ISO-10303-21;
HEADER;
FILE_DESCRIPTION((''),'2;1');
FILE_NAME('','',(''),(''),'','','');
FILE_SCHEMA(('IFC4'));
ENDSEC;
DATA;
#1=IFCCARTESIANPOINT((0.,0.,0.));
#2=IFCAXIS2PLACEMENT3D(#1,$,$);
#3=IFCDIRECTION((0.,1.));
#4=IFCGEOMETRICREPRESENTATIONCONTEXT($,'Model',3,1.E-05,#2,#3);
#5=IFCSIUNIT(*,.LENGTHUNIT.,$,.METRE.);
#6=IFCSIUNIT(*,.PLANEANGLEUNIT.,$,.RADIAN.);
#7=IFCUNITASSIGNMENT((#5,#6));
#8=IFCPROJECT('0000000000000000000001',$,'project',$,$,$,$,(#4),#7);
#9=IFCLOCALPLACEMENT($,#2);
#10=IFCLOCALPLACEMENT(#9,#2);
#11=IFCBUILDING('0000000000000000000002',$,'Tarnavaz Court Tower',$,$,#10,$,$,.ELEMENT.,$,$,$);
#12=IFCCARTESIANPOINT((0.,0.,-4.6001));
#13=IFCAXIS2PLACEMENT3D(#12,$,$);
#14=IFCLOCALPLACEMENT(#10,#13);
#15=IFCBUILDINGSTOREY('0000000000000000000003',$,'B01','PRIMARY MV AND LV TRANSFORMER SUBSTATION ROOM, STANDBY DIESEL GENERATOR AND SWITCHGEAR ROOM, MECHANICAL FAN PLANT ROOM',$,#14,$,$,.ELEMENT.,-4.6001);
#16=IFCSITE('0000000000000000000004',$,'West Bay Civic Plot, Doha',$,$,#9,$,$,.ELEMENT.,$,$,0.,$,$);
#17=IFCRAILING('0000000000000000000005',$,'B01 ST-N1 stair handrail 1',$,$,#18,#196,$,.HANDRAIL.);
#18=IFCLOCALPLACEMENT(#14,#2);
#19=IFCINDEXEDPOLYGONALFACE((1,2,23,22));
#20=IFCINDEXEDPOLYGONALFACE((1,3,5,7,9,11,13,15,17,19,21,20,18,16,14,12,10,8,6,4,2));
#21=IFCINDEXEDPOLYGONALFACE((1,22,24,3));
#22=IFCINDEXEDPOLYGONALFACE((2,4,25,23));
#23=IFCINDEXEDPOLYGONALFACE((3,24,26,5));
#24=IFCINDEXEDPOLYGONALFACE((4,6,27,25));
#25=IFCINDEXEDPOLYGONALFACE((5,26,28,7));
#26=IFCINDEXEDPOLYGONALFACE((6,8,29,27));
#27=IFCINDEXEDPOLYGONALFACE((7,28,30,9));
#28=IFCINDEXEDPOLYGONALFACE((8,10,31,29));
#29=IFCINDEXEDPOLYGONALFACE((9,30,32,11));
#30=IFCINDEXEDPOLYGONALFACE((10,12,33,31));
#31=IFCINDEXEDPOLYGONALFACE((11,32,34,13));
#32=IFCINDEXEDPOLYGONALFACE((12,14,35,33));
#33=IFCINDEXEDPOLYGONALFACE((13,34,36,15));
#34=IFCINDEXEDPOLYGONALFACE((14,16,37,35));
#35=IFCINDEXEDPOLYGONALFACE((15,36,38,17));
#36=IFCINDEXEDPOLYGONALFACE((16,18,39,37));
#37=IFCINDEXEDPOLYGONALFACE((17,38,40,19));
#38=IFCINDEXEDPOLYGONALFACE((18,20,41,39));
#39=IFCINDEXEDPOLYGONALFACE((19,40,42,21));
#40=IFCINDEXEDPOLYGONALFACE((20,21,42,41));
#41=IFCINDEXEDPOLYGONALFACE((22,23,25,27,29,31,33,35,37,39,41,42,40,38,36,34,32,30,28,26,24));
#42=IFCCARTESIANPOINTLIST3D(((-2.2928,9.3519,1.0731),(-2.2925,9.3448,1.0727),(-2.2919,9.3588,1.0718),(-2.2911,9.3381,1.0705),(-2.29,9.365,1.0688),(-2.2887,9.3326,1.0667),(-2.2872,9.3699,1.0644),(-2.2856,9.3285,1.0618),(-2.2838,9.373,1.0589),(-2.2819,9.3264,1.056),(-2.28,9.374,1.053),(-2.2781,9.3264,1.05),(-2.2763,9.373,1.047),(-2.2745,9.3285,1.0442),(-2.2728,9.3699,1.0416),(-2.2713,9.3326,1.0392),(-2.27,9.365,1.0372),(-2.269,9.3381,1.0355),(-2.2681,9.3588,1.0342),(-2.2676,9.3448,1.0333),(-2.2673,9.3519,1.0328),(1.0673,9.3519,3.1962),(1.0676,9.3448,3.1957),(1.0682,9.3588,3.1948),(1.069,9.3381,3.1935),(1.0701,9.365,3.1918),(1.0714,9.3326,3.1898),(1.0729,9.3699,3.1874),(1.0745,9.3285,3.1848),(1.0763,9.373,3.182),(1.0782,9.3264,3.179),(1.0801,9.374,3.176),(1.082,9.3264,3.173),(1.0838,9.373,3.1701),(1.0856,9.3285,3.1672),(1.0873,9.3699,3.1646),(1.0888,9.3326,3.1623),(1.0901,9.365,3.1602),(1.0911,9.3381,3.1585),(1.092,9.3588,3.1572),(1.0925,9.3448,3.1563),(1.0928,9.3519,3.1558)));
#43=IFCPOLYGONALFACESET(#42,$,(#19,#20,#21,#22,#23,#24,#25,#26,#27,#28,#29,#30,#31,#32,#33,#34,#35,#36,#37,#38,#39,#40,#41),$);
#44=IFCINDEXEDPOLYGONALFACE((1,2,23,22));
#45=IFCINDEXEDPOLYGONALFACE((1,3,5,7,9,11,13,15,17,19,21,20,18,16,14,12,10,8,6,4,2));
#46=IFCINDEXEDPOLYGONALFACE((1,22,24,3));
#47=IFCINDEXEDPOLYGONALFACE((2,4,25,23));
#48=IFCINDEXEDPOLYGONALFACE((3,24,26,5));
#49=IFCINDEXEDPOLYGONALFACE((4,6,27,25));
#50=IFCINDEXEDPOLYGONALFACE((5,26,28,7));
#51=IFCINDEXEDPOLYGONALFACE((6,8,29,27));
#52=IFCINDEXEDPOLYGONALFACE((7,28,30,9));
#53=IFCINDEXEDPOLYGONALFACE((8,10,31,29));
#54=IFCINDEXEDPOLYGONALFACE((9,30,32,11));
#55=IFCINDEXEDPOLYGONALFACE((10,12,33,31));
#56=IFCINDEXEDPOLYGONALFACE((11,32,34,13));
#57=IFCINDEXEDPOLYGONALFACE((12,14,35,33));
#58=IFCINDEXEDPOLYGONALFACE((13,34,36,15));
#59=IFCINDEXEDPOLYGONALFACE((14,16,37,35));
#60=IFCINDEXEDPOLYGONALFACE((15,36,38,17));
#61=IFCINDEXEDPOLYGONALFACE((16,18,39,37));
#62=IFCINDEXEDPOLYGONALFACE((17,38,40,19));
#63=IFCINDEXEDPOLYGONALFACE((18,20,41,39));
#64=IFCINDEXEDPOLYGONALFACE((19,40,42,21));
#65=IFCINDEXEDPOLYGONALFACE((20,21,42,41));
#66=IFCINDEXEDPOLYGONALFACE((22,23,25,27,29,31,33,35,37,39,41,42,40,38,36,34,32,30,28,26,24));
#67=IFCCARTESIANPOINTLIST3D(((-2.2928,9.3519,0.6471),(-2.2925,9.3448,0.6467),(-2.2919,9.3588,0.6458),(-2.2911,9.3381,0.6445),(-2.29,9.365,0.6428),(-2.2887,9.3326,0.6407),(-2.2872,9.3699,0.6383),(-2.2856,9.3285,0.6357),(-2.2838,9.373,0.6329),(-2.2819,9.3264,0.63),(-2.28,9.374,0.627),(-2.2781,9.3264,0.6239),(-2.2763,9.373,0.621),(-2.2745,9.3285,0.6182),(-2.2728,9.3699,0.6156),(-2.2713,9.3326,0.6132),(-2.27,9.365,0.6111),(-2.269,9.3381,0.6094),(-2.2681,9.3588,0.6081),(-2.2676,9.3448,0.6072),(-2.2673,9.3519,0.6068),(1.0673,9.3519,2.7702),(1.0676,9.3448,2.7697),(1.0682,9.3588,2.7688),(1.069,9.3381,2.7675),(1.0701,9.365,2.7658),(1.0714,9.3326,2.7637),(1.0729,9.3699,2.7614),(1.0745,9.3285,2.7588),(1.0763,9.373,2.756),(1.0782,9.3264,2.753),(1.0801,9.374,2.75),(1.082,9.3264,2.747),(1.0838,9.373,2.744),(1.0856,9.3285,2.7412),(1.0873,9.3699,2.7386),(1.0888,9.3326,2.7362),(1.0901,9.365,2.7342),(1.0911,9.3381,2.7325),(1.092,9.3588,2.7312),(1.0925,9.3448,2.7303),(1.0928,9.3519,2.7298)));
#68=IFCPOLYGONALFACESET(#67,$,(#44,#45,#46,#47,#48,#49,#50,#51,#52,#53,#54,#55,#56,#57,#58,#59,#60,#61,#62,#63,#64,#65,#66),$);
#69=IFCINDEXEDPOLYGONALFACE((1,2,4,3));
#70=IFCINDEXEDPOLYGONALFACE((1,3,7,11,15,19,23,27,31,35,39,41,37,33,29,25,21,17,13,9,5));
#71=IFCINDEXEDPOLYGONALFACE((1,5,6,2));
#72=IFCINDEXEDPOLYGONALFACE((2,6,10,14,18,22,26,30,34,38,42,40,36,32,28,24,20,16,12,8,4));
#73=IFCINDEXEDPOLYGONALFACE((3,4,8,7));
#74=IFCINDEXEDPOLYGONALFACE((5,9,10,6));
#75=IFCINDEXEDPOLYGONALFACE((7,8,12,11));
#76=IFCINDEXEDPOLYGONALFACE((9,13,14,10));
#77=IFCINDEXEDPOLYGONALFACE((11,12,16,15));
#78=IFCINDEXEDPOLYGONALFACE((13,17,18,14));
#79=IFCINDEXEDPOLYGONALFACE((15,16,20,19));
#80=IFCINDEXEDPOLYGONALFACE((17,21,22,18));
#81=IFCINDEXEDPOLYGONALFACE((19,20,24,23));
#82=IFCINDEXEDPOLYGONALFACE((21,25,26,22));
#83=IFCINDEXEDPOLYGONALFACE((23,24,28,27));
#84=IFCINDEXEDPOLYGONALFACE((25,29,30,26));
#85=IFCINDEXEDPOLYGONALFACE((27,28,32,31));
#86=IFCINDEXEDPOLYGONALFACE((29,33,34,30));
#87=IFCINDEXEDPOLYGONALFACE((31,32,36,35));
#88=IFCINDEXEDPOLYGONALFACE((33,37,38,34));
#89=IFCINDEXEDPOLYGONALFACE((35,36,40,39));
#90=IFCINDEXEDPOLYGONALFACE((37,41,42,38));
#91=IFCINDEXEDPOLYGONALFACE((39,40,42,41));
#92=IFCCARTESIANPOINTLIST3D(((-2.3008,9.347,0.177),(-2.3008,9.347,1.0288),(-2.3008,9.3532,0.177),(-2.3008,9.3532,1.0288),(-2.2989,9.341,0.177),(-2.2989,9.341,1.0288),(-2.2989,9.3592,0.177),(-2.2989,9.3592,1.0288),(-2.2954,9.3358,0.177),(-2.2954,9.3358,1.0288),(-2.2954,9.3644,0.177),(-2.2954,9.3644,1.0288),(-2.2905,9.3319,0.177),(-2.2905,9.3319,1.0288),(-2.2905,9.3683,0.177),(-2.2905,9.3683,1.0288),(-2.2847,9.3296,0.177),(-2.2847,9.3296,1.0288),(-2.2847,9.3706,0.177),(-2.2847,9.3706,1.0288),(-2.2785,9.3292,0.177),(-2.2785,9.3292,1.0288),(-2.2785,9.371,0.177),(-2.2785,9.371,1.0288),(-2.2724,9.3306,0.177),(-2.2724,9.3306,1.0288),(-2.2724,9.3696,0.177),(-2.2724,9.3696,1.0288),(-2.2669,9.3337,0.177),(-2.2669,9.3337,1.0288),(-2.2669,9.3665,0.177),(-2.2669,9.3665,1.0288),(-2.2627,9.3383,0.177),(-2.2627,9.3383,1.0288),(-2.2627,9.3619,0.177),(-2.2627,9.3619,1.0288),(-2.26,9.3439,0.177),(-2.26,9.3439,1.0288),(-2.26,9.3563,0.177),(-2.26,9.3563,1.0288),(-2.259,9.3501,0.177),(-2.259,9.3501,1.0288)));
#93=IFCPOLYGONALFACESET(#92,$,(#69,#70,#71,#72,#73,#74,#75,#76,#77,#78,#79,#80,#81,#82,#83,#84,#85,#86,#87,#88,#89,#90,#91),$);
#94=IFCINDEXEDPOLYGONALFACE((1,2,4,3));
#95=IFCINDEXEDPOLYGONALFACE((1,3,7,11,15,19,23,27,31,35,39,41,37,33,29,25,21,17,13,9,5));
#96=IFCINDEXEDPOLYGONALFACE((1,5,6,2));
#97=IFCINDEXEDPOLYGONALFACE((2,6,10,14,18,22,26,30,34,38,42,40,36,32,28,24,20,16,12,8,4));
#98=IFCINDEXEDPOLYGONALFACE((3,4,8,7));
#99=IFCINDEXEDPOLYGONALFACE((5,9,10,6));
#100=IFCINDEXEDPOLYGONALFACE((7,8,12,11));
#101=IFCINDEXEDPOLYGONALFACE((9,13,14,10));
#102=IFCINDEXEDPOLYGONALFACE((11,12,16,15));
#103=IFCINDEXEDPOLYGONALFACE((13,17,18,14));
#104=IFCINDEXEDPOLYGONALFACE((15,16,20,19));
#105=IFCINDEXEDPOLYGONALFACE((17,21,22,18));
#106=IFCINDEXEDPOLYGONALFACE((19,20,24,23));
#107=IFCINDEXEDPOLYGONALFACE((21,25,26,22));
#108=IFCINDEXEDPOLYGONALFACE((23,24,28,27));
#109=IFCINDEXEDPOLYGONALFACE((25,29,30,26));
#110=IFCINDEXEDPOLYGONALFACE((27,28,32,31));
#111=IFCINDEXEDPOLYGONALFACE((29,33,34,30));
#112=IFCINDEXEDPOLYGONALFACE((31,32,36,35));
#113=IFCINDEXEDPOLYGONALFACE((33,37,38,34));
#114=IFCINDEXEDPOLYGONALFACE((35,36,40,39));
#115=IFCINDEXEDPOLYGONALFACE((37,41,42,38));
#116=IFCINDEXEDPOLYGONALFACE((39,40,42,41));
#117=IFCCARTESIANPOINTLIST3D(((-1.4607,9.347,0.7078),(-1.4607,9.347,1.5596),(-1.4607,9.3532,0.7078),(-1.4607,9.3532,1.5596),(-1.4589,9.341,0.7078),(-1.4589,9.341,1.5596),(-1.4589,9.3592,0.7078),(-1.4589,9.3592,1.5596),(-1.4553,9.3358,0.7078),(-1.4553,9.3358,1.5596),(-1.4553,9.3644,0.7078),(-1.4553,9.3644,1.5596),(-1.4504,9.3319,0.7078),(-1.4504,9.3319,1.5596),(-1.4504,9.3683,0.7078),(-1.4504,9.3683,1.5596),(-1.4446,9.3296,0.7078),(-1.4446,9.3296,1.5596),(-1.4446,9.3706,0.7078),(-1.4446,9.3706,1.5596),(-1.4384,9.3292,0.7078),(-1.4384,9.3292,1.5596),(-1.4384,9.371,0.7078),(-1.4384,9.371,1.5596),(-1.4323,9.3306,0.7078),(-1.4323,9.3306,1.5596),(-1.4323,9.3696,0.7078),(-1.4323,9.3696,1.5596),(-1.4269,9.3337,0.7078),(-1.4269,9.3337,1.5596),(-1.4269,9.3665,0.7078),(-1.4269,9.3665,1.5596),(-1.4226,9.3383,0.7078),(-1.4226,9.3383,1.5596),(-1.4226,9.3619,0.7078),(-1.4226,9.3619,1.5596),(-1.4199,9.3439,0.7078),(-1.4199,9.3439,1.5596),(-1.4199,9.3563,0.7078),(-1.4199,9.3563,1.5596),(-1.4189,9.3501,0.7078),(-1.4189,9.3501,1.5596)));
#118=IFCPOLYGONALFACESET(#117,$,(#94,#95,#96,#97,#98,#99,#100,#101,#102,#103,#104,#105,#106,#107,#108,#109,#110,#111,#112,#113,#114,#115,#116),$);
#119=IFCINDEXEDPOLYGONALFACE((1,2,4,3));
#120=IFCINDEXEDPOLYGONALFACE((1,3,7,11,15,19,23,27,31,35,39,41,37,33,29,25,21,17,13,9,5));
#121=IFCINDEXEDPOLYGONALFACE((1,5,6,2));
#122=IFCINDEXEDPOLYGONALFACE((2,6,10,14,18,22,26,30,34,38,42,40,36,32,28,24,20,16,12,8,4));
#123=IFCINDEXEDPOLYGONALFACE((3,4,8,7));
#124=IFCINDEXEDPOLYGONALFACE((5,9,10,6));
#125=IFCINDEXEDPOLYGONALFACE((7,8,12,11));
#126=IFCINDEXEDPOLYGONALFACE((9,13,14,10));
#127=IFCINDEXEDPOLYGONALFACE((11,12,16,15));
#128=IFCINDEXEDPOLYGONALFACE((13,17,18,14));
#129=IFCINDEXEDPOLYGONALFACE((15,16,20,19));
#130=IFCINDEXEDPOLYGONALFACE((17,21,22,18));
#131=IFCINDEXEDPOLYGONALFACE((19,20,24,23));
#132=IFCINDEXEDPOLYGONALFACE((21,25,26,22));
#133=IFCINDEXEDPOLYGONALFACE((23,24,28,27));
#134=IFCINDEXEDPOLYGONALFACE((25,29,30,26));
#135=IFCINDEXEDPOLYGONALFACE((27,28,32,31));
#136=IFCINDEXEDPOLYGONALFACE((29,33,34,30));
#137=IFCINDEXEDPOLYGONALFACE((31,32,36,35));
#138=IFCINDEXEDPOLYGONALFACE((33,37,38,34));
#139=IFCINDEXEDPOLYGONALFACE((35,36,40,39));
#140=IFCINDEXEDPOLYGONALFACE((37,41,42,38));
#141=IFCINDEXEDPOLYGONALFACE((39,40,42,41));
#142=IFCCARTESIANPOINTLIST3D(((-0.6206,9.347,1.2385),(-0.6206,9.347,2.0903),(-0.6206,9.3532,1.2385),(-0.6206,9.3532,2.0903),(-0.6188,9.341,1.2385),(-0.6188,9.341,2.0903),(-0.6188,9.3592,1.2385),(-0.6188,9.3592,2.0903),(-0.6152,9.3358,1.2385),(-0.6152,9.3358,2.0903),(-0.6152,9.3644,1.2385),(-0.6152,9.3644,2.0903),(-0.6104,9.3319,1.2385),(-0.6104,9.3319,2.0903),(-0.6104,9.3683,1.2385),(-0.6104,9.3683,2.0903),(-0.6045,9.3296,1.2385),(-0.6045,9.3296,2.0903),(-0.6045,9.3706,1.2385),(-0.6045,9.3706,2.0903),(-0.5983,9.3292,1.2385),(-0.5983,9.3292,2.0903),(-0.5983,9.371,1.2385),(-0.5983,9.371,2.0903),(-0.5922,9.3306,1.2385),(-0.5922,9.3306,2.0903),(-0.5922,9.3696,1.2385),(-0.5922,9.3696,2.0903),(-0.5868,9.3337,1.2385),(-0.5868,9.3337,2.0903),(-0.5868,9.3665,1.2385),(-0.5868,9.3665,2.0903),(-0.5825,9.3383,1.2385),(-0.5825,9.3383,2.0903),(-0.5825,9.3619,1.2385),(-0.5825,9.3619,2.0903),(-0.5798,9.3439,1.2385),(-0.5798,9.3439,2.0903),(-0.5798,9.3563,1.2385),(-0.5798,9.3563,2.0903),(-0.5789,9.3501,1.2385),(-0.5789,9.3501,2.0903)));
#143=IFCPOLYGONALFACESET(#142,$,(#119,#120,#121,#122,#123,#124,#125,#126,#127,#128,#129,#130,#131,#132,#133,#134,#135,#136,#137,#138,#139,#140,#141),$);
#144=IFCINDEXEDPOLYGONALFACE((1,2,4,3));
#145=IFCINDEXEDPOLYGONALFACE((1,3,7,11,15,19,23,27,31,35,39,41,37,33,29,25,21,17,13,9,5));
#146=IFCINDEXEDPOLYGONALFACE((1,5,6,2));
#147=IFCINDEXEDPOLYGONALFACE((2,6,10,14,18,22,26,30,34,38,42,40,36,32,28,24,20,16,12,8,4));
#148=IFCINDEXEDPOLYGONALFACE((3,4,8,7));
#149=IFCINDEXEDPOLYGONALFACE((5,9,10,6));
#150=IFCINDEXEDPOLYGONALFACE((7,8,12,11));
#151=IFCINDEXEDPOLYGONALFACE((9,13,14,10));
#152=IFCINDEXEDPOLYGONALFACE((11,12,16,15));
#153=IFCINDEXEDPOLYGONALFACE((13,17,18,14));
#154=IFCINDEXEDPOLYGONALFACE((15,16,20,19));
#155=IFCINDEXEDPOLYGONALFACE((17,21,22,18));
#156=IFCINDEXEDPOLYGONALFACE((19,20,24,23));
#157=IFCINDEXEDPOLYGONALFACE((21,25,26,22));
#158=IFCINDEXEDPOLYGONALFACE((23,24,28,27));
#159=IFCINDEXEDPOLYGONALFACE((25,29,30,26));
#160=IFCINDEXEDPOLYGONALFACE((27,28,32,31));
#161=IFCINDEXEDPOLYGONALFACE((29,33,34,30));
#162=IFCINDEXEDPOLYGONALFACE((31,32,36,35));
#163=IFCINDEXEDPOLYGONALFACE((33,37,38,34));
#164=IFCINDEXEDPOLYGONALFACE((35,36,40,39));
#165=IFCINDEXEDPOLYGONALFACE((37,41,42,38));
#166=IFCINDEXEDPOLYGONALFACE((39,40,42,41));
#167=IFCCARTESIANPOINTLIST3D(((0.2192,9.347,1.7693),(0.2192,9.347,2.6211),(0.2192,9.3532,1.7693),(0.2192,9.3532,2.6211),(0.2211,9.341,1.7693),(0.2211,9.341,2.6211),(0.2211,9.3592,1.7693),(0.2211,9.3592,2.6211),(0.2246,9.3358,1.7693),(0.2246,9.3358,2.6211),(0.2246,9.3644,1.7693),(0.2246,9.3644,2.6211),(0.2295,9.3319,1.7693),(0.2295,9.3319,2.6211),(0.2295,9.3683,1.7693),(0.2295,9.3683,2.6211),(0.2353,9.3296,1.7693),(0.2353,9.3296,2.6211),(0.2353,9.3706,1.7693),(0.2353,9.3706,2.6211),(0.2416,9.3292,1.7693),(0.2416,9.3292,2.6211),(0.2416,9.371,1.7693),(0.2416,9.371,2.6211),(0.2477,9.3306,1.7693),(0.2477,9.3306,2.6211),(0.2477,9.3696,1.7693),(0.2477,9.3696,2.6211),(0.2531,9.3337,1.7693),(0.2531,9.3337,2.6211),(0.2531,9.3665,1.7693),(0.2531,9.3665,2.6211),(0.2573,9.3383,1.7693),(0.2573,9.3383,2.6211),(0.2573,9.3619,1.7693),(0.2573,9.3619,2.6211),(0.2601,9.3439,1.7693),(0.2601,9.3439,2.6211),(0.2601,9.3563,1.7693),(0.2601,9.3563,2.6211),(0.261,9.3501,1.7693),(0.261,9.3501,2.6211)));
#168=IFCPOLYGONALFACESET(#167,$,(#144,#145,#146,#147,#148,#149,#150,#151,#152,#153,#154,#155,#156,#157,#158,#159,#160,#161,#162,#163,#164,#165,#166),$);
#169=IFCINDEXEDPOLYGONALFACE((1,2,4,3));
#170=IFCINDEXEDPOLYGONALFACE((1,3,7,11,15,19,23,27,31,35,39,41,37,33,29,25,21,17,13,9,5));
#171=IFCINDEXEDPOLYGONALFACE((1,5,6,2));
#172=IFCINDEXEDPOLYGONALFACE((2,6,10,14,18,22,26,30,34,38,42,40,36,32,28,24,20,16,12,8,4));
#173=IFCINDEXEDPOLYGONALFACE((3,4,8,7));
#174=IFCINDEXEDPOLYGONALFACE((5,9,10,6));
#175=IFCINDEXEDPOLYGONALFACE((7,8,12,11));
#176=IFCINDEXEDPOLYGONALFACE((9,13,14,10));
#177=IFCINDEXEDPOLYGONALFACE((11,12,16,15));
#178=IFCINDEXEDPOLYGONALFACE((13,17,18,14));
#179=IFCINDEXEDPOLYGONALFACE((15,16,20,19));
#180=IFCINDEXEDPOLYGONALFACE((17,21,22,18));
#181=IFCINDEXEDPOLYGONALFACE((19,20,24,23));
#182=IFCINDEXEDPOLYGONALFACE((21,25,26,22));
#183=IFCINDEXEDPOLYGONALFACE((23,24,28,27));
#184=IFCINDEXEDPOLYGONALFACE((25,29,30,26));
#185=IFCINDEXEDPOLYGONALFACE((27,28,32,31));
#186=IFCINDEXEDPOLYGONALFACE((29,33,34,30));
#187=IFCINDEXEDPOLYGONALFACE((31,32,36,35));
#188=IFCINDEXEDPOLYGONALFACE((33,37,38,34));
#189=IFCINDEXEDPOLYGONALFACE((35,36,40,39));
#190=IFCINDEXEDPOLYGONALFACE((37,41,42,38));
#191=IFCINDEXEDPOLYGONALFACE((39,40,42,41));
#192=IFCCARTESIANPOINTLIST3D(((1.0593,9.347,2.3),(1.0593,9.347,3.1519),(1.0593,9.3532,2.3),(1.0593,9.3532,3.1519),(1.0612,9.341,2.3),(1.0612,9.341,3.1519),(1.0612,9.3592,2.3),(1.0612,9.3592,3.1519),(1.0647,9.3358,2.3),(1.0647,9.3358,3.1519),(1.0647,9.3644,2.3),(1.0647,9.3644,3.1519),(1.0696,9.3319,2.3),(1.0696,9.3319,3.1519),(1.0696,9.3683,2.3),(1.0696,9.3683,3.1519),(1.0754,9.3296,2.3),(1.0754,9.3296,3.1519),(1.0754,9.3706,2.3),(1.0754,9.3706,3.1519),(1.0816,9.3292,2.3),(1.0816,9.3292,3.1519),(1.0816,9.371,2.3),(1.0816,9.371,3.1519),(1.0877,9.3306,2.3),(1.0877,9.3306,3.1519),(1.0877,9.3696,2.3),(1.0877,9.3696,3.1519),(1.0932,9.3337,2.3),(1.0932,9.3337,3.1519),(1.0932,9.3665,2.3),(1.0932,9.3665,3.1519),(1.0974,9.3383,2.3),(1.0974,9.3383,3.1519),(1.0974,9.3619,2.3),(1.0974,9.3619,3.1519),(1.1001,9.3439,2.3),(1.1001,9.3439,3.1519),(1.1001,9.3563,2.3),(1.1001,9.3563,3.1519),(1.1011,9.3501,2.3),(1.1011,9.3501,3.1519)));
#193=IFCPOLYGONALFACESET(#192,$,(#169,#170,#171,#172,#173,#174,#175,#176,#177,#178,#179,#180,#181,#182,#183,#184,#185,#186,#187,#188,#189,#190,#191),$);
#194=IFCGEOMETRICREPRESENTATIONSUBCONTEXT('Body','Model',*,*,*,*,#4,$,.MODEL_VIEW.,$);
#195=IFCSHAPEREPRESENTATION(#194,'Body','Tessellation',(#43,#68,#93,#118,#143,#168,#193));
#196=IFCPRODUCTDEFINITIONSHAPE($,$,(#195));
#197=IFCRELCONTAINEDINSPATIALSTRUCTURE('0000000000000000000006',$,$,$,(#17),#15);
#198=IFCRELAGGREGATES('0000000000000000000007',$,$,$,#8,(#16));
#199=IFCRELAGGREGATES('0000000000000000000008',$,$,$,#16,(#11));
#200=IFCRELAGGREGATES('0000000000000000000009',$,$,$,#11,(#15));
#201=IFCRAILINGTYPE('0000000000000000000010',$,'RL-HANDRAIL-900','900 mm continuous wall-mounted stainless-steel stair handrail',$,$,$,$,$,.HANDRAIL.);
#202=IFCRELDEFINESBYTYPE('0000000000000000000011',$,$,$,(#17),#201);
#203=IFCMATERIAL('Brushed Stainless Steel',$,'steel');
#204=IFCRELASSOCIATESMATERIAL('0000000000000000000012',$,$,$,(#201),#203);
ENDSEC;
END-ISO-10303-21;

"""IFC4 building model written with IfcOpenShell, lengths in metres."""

from ifc_helpers import new_model, si_unit, direction, frame, origin, origin_2d, place, context, subcontext, project, spatial, circle, extrude, material, type_object, element, save


model = new_model("IFC4")

# Units and contexts
model_context = context("Model", 3, precision=1e-05, world=origin(), true_north=direction((0.0, 1.0)))
body_context = subcontext(model_context, "Body", "Model", "MODEL_VIEW")
ifc_project = project(units=[si_unit("LENGTHUNIT", "METRE"), si_unit("PLANEANGLEUNIT", "RADIAN")], contexts=[model_context])

# Site, building, storey
site_placement = place(None, origin())
site = spatial("IfcSite", under=ifc_project, at=site_placement, Name="West Bay Civic Plot, Doha", CompositionType="ELEMENT", RefElevation=0.0)
building_placement = place(site_placement, origin())
building = spatial("IfcBuilding", under=site, at=building_placement, Name="Tarnavaz Court Tower", CompositionType="ELEMENT")
storey_placement = place(building_placement, frame((0.0, 0.0, -4.6001)))
storey = spatial("IfcBuildingStorey", under=building, at=storey_placement, Name="B01", Description="PRIMARY MV AND LV TRANSFORMER SUBSTATION ROOM, STANDBY DIESEL GENERATOR AND SWITCHGEAR ROOM, MECHANICAL FAN PLANT ROOM", CompositionType="ELEMENT", Elevation=-4.6001)

# Railing
ifc_material_1 = material(Name="Brushed Stainless Steel", Category="steel")
railing_type_1 = type_object("IfcRailingType", Name="RL-HANDRAIL-900", Description="900 mm continuous wall-mounted stainless-steel stair handrail", PredefinedType="HANDRAIL", material=ifc_material_1)
railing_1_placement = place(storey_placement, frame((-2.28, 9.3501, 0.177)))
element("IfcRailing", 1, at=railing_1_placement, inside=storey, type_object=railing_type_1, Name="B01 ST-N1 stair handrail 1", PredefinedType="HANDRAIL", context=body_context, shape_type="SweptSolid", body=[
    extrude(circle(Radius=0.0239, at=origin_2d()), frame((0.0, 0.0, 0.876), z_axis=(0.84539, 0.0, 0.53415), x_axis=(0.0, 1.0, 0.0)), (0.0, 0.0, 1.0), 3.9746),
    extrude(circle(Radius=0.0239, at=origin_2d()), frame((0.0, 0.0, 0.45), z_axis=(0.84539, 0.0, 0.53415), x_axis=(0.0, 1.0, 0.0)), (0.0, 0.0, 1.0), 3.9746),
    extrude(circle(Radius=0.021, at=origin_2d()), origin(), (0.0, 0.0, 1.0), 0.8518),
    extrude(circle(Radius=0.021, at=origin_2d()), frame((0.8401, 0.0, 0.5308)), (0.0, 0.0, 1.0), 0.8518),
    extrude(circle(Radius=0.021, at=origin_2d()), frame((1.6802, 0.0, 1.0615)), (0.0, 0.0, 1.0), 0.8518),
    extrude(circle(Radius=0.021, at=origin_2d()), frame((2.52, 0.0, 1.5923)), (0.0, 0.0, 1.0), 0.8518),
    extrude(circle(Radius=0.021, at=origin_2d()), frame((3.3601, 0.0, 2.123)), (0.0, 0.0, 1.0), 0.8518),
])

save(model, "model.ifc")
